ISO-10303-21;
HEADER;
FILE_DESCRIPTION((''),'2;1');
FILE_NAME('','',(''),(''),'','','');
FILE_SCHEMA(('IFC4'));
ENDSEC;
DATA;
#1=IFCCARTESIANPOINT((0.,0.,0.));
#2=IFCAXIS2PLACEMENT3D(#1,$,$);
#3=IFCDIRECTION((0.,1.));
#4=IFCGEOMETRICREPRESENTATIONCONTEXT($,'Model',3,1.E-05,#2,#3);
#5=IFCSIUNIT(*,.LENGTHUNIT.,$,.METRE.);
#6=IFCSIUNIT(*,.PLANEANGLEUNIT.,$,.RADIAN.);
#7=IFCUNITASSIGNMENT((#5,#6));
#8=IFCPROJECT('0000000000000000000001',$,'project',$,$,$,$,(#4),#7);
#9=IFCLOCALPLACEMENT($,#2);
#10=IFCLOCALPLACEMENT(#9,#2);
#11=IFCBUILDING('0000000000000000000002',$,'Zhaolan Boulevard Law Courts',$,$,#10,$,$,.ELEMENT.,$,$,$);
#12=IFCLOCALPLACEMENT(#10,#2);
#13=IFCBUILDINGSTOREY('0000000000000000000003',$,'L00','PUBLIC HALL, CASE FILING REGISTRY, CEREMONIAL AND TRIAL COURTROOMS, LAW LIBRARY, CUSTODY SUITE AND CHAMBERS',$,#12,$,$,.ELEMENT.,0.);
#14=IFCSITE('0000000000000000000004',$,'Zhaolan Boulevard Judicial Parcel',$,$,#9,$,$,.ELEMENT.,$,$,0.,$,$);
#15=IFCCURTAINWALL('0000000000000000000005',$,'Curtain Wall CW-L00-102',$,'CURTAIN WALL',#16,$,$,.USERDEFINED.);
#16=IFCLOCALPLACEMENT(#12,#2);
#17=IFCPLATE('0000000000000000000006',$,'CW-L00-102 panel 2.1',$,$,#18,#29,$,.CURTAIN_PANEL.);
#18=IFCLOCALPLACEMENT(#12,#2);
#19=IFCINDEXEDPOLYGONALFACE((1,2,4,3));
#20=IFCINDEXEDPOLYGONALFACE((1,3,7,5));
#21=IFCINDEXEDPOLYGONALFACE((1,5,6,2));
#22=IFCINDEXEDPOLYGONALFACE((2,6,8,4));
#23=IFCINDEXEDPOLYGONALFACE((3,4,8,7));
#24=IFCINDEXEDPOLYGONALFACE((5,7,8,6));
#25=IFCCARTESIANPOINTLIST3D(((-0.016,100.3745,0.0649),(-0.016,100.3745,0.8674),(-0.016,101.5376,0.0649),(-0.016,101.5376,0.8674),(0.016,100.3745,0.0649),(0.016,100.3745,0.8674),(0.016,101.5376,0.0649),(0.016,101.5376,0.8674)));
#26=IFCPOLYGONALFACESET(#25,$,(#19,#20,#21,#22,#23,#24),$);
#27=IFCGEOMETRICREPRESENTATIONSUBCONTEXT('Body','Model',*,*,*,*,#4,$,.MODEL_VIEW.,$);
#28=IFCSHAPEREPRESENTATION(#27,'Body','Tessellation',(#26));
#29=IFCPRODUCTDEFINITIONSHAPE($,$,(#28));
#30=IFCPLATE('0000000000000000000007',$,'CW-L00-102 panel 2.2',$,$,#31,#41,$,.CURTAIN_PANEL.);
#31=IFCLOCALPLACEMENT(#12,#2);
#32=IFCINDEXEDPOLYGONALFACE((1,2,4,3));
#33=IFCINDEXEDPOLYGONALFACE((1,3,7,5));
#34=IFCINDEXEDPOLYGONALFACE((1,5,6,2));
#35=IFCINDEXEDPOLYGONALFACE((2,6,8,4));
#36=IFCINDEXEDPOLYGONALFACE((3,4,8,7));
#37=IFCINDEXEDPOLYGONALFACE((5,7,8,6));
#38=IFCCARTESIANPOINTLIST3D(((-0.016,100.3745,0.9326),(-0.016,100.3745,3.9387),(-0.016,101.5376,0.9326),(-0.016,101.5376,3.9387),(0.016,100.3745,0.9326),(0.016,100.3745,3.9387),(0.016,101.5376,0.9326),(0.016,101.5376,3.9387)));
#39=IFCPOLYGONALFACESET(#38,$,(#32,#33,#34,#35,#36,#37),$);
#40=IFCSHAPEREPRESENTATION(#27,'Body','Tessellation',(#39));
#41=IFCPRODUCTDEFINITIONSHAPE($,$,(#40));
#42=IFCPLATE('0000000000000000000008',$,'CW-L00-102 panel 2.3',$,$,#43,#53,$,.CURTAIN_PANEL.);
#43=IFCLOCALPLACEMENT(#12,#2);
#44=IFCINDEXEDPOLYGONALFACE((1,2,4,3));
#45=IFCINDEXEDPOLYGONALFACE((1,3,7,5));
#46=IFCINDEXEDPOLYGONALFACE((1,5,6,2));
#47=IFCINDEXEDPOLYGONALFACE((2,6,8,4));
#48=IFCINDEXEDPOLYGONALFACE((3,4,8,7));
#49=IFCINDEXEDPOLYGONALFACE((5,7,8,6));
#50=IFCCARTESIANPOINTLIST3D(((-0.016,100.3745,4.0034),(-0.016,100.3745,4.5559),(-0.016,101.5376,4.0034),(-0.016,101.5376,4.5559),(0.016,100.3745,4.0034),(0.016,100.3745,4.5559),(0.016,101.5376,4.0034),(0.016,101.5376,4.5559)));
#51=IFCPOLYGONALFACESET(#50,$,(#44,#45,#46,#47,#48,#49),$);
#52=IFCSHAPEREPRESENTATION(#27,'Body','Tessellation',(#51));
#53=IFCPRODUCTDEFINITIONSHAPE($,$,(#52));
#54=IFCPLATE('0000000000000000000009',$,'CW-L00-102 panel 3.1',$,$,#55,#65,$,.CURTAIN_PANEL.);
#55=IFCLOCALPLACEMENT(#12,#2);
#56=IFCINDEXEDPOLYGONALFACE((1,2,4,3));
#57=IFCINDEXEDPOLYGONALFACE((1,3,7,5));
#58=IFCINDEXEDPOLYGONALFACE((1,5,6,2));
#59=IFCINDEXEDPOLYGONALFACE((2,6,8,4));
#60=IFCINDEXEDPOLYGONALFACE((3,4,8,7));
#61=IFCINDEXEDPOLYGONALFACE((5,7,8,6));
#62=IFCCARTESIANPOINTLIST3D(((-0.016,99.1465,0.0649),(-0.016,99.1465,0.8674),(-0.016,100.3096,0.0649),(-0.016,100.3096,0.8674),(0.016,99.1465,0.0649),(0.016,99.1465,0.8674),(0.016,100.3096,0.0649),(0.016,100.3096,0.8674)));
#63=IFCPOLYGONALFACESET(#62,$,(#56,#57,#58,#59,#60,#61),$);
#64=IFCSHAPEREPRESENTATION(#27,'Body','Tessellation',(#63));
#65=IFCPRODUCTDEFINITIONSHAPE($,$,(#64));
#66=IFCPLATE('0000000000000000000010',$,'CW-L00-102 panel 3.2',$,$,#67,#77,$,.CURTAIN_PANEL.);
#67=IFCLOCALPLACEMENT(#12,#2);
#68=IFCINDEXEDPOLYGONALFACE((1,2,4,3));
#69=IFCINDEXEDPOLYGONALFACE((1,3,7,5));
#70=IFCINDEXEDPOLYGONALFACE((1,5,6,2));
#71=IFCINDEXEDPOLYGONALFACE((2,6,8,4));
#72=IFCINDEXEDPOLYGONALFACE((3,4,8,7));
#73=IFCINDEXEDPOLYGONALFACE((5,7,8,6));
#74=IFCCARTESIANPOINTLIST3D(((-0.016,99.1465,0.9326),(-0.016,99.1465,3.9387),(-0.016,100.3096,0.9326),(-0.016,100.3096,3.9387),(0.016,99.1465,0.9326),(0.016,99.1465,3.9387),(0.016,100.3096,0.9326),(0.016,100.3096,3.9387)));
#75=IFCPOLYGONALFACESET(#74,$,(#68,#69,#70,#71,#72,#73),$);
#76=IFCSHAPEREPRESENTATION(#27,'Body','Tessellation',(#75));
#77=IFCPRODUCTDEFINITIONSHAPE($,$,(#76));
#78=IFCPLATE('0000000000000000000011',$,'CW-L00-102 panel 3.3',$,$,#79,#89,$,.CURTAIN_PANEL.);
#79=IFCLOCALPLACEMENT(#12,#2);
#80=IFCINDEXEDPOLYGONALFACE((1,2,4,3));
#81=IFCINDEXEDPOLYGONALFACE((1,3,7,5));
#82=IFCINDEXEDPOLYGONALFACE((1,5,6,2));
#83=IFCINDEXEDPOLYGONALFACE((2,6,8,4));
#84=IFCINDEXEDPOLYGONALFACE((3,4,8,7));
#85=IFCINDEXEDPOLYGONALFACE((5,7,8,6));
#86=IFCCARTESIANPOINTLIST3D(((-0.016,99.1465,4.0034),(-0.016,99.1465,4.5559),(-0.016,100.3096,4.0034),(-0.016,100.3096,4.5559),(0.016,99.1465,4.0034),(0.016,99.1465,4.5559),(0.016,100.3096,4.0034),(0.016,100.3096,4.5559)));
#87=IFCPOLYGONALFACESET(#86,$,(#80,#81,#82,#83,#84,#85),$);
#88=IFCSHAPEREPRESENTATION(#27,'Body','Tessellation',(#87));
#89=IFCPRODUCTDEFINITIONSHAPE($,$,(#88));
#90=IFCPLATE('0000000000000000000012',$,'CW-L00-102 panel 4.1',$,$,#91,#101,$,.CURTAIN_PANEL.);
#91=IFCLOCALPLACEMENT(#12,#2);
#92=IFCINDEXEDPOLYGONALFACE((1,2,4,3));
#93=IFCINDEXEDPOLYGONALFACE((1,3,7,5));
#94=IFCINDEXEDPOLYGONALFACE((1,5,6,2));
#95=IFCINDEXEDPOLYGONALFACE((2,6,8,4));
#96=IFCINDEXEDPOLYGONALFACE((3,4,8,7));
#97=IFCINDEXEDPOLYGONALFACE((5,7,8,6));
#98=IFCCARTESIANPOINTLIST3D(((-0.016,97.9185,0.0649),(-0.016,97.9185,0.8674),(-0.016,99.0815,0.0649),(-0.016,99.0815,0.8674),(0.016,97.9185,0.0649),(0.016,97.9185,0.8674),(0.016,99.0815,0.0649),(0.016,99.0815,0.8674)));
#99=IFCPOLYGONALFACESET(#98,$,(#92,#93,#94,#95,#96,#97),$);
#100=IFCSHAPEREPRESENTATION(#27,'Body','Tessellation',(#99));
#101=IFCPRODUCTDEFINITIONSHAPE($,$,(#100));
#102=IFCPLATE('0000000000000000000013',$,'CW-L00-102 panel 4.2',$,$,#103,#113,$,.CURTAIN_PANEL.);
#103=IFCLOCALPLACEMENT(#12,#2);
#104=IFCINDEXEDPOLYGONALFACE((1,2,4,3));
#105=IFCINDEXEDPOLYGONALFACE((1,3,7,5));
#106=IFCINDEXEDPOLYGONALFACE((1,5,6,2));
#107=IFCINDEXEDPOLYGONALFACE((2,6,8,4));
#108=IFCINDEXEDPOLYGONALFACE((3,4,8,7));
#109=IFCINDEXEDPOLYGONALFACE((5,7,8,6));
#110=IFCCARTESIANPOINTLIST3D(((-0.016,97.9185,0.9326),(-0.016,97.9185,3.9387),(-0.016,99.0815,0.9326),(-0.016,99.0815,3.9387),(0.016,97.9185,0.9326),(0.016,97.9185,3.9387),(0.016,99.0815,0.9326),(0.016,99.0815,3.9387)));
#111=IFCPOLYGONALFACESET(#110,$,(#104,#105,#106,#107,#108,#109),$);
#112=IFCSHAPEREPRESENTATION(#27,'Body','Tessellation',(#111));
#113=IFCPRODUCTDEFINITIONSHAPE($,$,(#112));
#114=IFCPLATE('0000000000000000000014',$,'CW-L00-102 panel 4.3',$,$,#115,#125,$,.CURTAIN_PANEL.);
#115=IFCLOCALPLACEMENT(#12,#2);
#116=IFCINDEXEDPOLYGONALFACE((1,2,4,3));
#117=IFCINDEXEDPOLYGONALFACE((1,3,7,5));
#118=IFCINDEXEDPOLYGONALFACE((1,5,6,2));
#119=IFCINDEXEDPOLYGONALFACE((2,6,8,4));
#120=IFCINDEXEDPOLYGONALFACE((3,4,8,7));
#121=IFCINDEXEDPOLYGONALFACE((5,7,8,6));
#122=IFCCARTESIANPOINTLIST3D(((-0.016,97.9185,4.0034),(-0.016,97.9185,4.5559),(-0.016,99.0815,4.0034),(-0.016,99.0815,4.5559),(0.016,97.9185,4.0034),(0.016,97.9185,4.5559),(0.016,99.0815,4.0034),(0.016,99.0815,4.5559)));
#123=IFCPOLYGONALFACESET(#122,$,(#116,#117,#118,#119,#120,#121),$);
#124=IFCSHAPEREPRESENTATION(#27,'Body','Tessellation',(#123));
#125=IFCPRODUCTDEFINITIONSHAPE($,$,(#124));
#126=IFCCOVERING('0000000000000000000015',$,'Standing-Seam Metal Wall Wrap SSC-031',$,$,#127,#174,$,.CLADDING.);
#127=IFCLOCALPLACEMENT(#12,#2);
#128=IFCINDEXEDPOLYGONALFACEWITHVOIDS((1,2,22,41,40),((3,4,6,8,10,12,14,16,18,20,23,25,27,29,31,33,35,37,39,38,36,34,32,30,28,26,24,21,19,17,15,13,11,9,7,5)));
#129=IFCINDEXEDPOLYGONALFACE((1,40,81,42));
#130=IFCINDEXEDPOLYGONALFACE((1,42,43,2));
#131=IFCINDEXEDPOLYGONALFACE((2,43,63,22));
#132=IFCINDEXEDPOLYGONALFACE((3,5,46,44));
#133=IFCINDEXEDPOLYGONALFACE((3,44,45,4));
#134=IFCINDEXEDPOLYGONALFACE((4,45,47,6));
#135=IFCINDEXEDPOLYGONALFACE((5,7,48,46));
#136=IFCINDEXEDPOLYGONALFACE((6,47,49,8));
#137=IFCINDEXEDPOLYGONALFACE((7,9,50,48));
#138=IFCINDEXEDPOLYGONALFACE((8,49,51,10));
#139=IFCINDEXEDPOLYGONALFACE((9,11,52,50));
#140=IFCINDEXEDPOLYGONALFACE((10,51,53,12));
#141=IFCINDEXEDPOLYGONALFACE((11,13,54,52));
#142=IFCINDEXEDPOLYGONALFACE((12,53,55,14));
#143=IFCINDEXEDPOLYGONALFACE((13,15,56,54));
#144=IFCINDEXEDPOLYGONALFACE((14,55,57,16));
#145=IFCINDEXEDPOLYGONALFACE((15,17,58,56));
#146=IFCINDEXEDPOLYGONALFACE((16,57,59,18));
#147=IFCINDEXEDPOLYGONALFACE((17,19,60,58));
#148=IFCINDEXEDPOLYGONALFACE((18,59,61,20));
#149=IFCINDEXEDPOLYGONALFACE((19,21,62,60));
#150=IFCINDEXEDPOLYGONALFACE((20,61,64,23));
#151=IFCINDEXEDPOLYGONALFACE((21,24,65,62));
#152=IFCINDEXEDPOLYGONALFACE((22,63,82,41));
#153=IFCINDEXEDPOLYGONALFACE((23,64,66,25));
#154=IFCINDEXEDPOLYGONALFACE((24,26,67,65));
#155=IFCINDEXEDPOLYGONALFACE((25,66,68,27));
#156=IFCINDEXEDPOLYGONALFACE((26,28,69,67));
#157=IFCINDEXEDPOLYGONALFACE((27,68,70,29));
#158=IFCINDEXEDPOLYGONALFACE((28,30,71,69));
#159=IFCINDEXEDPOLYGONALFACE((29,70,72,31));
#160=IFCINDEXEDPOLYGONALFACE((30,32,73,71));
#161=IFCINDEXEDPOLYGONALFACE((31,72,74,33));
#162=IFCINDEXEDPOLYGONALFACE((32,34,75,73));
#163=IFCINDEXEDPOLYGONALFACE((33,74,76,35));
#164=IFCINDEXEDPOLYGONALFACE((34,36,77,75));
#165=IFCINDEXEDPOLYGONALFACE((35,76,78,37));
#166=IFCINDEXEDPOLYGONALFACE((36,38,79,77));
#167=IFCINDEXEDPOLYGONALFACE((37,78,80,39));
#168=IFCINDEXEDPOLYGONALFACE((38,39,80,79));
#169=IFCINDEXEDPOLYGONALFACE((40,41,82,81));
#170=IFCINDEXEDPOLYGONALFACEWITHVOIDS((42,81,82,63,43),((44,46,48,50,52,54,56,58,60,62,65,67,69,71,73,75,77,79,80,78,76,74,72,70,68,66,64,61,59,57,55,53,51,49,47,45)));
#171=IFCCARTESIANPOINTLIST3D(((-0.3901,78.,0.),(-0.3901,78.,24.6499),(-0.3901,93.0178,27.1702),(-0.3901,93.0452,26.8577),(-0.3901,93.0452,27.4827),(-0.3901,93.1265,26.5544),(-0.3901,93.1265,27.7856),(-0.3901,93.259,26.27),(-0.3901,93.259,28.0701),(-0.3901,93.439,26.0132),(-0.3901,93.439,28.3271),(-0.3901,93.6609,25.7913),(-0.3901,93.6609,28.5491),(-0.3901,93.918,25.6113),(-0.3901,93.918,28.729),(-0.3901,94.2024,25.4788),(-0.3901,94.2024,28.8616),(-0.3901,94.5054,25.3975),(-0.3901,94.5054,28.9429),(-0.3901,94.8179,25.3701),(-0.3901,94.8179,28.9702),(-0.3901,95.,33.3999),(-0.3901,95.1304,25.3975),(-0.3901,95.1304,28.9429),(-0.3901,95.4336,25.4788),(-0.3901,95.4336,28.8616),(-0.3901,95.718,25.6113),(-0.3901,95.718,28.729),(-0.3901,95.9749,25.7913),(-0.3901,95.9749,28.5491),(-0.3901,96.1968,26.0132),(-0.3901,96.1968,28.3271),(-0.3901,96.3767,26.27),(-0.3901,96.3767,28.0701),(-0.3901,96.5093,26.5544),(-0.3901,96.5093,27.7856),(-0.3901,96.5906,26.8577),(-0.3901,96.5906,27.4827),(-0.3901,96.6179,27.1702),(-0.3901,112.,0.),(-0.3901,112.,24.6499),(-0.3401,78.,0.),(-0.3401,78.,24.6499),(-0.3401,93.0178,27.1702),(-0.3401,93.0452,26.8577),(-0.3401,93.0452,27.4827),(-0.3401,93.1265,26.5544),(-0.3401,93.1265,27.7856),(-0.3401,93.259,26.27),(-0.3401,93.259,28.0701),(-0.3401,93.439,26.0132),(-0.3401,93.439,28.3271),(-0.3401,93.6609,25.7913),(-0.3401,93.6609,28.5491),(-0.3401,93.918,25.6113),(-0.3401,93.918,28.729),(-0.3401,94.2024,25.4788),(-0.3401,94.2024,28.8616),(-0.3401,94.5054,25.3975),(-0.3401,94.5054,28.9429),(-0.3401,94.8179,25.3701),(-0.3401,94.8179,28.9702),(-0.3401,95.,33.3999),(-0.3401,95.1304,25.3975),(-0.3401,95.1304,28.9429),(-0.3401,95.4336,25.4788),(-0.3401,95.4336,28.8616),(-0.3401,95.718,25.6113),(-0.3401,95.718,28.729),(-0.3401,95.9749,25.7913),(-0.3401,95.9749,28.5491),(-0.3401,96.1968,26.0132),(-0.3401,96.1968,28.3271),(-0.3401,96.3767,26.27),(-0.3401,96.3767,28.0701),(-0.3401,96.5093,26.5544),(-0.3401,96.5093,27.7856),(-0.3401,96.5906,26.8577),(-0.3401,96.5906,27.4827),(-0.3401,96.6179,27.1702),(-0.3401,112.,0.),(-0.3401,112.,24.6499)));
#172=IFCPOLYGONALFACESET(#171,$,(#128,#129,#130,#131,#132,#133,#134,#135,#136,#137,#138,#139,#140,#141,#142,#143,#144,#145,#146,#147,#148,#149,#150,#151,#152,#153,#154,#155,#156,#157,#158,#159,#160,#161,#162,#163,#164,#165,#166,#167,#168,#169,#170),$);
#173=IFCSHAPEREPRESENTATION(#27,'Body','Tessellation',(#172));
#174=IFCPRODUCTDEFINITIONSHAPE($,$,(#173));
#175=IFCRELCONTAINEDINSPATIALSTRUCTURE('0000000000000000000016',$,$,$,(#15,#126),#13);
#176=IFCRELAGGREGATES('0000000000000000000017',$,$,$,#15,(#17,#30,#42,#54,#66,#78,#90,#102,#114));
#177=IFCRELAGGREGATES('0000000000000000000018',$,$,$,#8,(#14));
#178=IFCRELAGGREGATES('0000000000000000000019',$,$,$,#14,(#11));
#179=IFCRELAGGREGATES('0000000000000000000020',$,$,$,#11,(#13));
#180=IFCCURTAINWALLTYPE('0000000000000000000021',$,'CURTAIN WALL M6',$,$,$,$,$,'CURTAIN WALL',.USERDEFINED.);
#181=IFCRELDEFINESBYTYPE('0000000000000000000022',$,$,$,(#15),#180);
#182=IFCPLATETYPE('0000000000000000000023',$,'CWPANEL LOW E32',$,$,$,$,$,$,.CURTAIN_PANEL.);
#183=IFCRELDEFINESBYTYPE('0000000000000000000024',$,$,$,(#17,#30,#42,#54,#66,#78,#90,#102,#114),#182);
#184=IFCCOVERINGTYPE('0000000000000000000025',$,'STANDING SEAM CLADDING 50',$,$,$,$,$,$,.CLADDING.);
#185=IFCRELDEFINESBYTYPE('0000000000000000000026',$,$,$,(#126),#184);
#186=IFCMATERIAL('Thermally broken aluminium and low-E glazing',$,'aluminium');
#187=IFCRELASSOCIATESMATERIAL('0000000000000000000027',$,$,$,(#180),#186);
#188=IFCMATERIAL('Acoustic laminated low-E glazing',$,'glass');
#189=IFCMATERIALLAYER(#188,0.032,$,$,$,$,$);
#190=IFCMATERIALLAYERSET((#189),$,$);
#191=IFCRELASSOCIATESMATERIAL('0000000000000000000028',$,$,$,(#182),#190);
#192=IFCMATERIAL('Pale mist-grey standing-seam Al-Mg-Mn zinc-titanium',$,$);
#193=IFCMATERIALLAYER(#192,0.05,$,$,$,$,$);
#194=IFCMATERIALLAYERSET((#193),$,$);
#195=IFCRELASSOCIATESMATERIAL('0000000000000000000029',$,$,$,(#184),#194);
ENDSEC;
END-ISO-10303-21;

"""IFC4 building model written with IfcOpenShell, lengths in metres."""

from ifc_helpers import new_model, si_unit, direction, frame, origin, origin_2d, place, context, subcontext, project, spatial, polyline, rectangle, outline, extrude, material, layer, layer_set, type_object, element, aggregate, save


model = new_model("IFC4")

# Units and contexts
model_context = context("Model", 3, precision=1e-05, world=origin(), true_north=direction((0.0, 1.0)))
body_context = subcontext(model_context, "Body", "Model", "MODEL_VIEW")
ifc_project = project(units=[si_unit("LENGTHUNIT", "METRE"), si_unit("PLANEANGLEUNIT", "RADIAN")], contexts=[model_context])

# Site, building, storey
site_placement = place(None, origin())
site = spatial("IfcSite", under=ifc_project, at=site_placement, Name="Zhaolan Boulevard Judicial Parcel", CompositionType="ELEMENT", RefElevation=0.0)
building_placement = place(site_placement, origin())
building = spatial("IfcBuilding", under=site, at=building_placement, Name="Zhaolan Boulevard Law Courts", CompositionType="ELEMENT")
storey_placement = place(building_placement, origin())
storey = spatial("IfcBuildingStorey", under=building, at=storey_placement, Name="L00", Description="PUBLIC HALL, CASE FILING REGISTRY, CEREMONIAL AND TRIAL COURTROOMS, LAW LIBRARY, CUSTODY SUITE AND CHAMBERS", CompositionType="ELEMENT", Elevation=0.0)

# Curtain wall, plates
ifc_material_1 = material(Name="Thermally broken aluminium and low-E glazing", Category="aluminium")
curtain_wall_type = type_object("IfcCurtainWallType", Name="CURTAIN WALL M6", ElementType="CURTAIN WALL", PredefinedType="USERDEFINED", material=ifc_material_1)
curtain_wall_placement = place(storey_placement, origin())
curtain_wall = element("IfcCurtainWall", 1, at=curtain_wall_placement, inside=storey, type_object=curtain_wall_type, Name="Curtain Wall CW-L00-102", ObjectType="CURTAIN WALL", PredefinedType="USERDEFINED")
ifc_material_2 = material(Name="Acoustic laminated low-E glazing", Category="glass")
ifc_layer_1 = layer(ifc_material_2, 0.032)
ifc_layer_set_1 = layer_set([ifc_layer_1])
plate_type = type_object("IfcPlateType", Name="CWPANEL LOW E32", PredefinedType="CURTAIN_PANEL", material=ifc_layer_set_1)
plate_1_placement = place(storey_placement, frame((0.0, 100.9561, 0.0649), z_axis=(0.0, 0.0, 1.0), x_axis=(0.0, -1.0, 0.0)))
plate_1 = element("IfcPlate", 2, at=plate_1_placement, type_object=plate_type, Name="CW-L00-102 panel 2.1", PredefinedType="CURTAIN_PANEL", context=body_context, shape_type="SweptSolid", body=[
    extrude(rectangle(XDim=1.1631, YDim=0.032, at=origin_2d()), origin(), (0.0, 0.0, 1.0), 0.8025),
])
plate_2_placement = place(storey_placement, frame((0.0, 100.9561, 0.9326), z_axis=(0.0, 0.0, 1.0), x_axis=(0.0, -1.0, 0.0)))
plate_2 = element("IfcPlate", 3, at=plate_2_placement, type_object=plate_type, Name="CW-L00-102 panel 2.2", PredefinedType="CURTAIN_PANEL", context=body_context, shape_type="SweptSolid", body=[
    extrude(rectangle(XDim=1.1631, YDim=0.032, at=origin_2d()), origin(), (0.0, 0.0, 1.0), 3.0061),
])
plate_3_placement = place(storey_placement, frame((0.0, 100.9561, 4.0034), z_axis=(0.0, 0.0, 1.0), x_axis=(0.0, -1.0, 0.0)))
plate_3 = element("IfcPlate", 4, at=plate_3_placement, type_object=plate_type, Name="CW-L00-102 panel 2.3", PredefinedType="CURTAIN_PANEL", context=body_context, shape_type="SweptSolid", body=[
    extrude(rectangle(XDim=1.1631, YDim=0.032, at=origin_2d()), origin(), (0.0, 0.0, 1.0), 0.5525),
])
plate_4_placement = place(storey_placement, frame((0.0, 99.728, 0.0649), z_axis=(0.0, 0.0, 1.0), x_axis=(0.0, -1.0, 0.0)))
plate_4 = element("IfcPlate", 5, at=plate_4_placement, type_object=plate_type, Name="CW-L00-102 panel 3.1", PredefinedType="CURTAIN_PANEL", context=body_context, shape_type="SweptSolid", body=[
    extrude(rectangle(XDim=1.1631, YDim=0.032, at=origin_2d()), origin(), (0.0, 0.0, 1.0), 0.8025),
])
plate_5_placement = place(storey_placement, frame((0.0, 99.728, 0.9326), z_axis=(0.0, 0.0, 1.0), x_axis=(0.0, -1.0, 0.0)))
plate_5 = element("IfcPlate", 6, at=plate_5_placement, type_object=plate_type, Name="CW-L00-102 panel 3.2", PredefinedType="CURTAIN_PANEL", context=body_context, shape_type="SweptSolid", body=[
    extrude(rectangle(XDim=1.1631, YDim=0.032, at=origin_2d()), origin(), (0.0, 0.0, 1.0), 3.0061),
])
plate_6_placement = place(storey_placement, frame((0.0, 99.728, 4.0034), z_axis=(0.0, 0.0, 1.0), x_axis=(0.0, -1.0, 0.0)))
plate_6 = element("IfcPlate", 7, at=plate_6_placement, type_object=plate_type, Name="CW-L00-102 panel 3.3", PredefinedType="CURTAIN_PANEL", context=body_context, shape_type="SweptSolid", body=[
    extrude(rectangle(XDim=1.1631, YDim=0.032, at=origin_2d()), origin(), (0.0, 0.0, 1.0), 0.5525),
])
plate_7_placement = place(storey_placement, frame((0.0, 98.5, 0.0649), z_axis=(0.0, 0.0, 1.0), x_axis=(0.0, -1.0, 0.0)))
plate_7 = element("IfcPlate", 8, at=plate_7_placement, type_object=plate_type, Name="CW-L00-102 panel 4.1", PredefinedType="CURTAIN_PANEL", context=body_context, shape_type="SweptSolid", body=[
    extrude(rectangle(XDim=1.1631, YDim=0.032, at=origin_2d()), origin(), (0.0, 0.0, 1.0), 0.8025),
])
plate_8_placement = place(storey_placement, frame((0.0, 98.5, 0.9326), z_axis=(0.0, 0.0, 1.0), x_axis=(0.0, -1.0, 0.0)))
plate_8 = element("IfcPlate", 9, at=plate_8_placement, type_object=plate_type, Name="CW-L00-102 panel 4.2", PredefinedType="CURTAIN_PANEL", context=body_context, shape_type="SweptSolid", body=[
    extrude(rectangle(XDim=1.1631, YDim=0.032, at=origin_2d()), origin(), (0.0, 0.0, 1.0), 3.0061),
])
plate_9_placement = place(storey_placement, frame((0.0, 98.5, 4.0034), z_axis=(0.0, 0.0, 1.0), x_axis=(0.0, -1.0, 0.0)))
plate_9 = element("IfcPlate", 10, at=plate_9_placement, type_object=plate_type, Name="CW-L00-102 panel 4.3", PredefinedType="CURTAIN_PANEL", context=body_context, shape_type="SweptSolid", body=[
    extrude(rectangle(XDim=1.1631, YDim=0.032, at=origin_2d()), origin(), (0.0, 0.0, 1.0), 0.5525),
])
aggregate(curtain_wall, [plate_1, plate_2, plate_3, plate_4, plate_5, plate_6, plate_7, plate_8, plate_9])

# Covering, opening
ifc_material_3 = material(Name="Pale mist-grey standing-seam Al-Mg-Mn zinc-titanium")
ifc_layer_2 = layer(ifc_material_3, 0.05)
ifc_layer_set_2 = layer_set([ifc_layer_2])
covering_type = type_object("IfcCoveringType", Name="STANDING SEAM CLADDING 50", PredefinedType="CLADDING", material=ifc_layer_set_2)
covering_placement = place(storey_placement, frame((-0.365, 112.0, 0.0), z_axis=(0.0, 0.0, 1.0), x_axis=(0.0, -1.0, 0.0)))
covering = element("IfcCovering", 11, at=covering_placement, inside=storey, type_object=covering_type, Name="Standing-Seam Metal Wall Wrap SSC-031", PredefinedType="CLADDING", context=body_context, shape_type="SweptSolid", body=[
    extrude(outline(polyline([(0.0, 0.0), (34.0, 0.0), (34.0, 24.6499), (17.0, 33.3999), (0.0, 24.6499), (0.0, 0.0)])), frame((0.0, 0.0249, 0.0), z_axis=(0.0, -1.0, 0.0), x_axis=(1.0, 0.0, 0.0)), (0.0, 0.0, 1.0), 0.05),
])
opening_placement = place(storey_placement, frame((-0.365, 96.6179, 25.3701), z_axis=(0.0, 0.0, 1.0), x_axis=(0.0, -1.0, 0.0)))
element("IfcOpeningElement", 12, at=opening_placement, cuts=covering, PredefinedType="OPENING", context=body_context, shape_type="SweptSolid", body=[
    extrude(outline(polyline([(3.6001, 1.8), (3.5728, 2.1125), (3.4915, 2.4155), (3.3589, 2.7), (3.179, 2.957), (2.957, 3.179), (2.7, 3.3589), (2.4155, 3.4915), (2.1125, 3.5728), (1.8, 3.6001), (1.4875, 3.5728), (1.1843, 3.4915), (0.8999, 3.3589), (0.6431, 3.179), (0.4211, 2.957), (0.2412, 2.7), (0.1086, 2.4155), (0.0273, 2.1125), (0.0, 1.8), (0.0273, 1.4875), (0.1086, 1.1843), (0.2412, 0.8999), (0.4211, 0.6431), (0.6431, 0.4211), (0.8999, 0.2412), (1.1843, 0.1086), (1.4875, 0.0273), (1.8, 0.0), (2.1125, 0.0273), (2.4155, 0.1086), (2.7, 0.2412), (2.957, 0.4211), (3.179, 0.6431), (3.3589, 0.8999), (3.4915, 1.1843), (3.5728, 1.4875), (3.6001, 1.8)])), frame((0.0, 0.1499, 0.0), z_axis=(0.0, -1.0, 0.0), x_axis=(1.0, 0.0, 0.0)), (0.0, 0.0, 1.0), 0.3),
])

save(model, "model.ifc")
